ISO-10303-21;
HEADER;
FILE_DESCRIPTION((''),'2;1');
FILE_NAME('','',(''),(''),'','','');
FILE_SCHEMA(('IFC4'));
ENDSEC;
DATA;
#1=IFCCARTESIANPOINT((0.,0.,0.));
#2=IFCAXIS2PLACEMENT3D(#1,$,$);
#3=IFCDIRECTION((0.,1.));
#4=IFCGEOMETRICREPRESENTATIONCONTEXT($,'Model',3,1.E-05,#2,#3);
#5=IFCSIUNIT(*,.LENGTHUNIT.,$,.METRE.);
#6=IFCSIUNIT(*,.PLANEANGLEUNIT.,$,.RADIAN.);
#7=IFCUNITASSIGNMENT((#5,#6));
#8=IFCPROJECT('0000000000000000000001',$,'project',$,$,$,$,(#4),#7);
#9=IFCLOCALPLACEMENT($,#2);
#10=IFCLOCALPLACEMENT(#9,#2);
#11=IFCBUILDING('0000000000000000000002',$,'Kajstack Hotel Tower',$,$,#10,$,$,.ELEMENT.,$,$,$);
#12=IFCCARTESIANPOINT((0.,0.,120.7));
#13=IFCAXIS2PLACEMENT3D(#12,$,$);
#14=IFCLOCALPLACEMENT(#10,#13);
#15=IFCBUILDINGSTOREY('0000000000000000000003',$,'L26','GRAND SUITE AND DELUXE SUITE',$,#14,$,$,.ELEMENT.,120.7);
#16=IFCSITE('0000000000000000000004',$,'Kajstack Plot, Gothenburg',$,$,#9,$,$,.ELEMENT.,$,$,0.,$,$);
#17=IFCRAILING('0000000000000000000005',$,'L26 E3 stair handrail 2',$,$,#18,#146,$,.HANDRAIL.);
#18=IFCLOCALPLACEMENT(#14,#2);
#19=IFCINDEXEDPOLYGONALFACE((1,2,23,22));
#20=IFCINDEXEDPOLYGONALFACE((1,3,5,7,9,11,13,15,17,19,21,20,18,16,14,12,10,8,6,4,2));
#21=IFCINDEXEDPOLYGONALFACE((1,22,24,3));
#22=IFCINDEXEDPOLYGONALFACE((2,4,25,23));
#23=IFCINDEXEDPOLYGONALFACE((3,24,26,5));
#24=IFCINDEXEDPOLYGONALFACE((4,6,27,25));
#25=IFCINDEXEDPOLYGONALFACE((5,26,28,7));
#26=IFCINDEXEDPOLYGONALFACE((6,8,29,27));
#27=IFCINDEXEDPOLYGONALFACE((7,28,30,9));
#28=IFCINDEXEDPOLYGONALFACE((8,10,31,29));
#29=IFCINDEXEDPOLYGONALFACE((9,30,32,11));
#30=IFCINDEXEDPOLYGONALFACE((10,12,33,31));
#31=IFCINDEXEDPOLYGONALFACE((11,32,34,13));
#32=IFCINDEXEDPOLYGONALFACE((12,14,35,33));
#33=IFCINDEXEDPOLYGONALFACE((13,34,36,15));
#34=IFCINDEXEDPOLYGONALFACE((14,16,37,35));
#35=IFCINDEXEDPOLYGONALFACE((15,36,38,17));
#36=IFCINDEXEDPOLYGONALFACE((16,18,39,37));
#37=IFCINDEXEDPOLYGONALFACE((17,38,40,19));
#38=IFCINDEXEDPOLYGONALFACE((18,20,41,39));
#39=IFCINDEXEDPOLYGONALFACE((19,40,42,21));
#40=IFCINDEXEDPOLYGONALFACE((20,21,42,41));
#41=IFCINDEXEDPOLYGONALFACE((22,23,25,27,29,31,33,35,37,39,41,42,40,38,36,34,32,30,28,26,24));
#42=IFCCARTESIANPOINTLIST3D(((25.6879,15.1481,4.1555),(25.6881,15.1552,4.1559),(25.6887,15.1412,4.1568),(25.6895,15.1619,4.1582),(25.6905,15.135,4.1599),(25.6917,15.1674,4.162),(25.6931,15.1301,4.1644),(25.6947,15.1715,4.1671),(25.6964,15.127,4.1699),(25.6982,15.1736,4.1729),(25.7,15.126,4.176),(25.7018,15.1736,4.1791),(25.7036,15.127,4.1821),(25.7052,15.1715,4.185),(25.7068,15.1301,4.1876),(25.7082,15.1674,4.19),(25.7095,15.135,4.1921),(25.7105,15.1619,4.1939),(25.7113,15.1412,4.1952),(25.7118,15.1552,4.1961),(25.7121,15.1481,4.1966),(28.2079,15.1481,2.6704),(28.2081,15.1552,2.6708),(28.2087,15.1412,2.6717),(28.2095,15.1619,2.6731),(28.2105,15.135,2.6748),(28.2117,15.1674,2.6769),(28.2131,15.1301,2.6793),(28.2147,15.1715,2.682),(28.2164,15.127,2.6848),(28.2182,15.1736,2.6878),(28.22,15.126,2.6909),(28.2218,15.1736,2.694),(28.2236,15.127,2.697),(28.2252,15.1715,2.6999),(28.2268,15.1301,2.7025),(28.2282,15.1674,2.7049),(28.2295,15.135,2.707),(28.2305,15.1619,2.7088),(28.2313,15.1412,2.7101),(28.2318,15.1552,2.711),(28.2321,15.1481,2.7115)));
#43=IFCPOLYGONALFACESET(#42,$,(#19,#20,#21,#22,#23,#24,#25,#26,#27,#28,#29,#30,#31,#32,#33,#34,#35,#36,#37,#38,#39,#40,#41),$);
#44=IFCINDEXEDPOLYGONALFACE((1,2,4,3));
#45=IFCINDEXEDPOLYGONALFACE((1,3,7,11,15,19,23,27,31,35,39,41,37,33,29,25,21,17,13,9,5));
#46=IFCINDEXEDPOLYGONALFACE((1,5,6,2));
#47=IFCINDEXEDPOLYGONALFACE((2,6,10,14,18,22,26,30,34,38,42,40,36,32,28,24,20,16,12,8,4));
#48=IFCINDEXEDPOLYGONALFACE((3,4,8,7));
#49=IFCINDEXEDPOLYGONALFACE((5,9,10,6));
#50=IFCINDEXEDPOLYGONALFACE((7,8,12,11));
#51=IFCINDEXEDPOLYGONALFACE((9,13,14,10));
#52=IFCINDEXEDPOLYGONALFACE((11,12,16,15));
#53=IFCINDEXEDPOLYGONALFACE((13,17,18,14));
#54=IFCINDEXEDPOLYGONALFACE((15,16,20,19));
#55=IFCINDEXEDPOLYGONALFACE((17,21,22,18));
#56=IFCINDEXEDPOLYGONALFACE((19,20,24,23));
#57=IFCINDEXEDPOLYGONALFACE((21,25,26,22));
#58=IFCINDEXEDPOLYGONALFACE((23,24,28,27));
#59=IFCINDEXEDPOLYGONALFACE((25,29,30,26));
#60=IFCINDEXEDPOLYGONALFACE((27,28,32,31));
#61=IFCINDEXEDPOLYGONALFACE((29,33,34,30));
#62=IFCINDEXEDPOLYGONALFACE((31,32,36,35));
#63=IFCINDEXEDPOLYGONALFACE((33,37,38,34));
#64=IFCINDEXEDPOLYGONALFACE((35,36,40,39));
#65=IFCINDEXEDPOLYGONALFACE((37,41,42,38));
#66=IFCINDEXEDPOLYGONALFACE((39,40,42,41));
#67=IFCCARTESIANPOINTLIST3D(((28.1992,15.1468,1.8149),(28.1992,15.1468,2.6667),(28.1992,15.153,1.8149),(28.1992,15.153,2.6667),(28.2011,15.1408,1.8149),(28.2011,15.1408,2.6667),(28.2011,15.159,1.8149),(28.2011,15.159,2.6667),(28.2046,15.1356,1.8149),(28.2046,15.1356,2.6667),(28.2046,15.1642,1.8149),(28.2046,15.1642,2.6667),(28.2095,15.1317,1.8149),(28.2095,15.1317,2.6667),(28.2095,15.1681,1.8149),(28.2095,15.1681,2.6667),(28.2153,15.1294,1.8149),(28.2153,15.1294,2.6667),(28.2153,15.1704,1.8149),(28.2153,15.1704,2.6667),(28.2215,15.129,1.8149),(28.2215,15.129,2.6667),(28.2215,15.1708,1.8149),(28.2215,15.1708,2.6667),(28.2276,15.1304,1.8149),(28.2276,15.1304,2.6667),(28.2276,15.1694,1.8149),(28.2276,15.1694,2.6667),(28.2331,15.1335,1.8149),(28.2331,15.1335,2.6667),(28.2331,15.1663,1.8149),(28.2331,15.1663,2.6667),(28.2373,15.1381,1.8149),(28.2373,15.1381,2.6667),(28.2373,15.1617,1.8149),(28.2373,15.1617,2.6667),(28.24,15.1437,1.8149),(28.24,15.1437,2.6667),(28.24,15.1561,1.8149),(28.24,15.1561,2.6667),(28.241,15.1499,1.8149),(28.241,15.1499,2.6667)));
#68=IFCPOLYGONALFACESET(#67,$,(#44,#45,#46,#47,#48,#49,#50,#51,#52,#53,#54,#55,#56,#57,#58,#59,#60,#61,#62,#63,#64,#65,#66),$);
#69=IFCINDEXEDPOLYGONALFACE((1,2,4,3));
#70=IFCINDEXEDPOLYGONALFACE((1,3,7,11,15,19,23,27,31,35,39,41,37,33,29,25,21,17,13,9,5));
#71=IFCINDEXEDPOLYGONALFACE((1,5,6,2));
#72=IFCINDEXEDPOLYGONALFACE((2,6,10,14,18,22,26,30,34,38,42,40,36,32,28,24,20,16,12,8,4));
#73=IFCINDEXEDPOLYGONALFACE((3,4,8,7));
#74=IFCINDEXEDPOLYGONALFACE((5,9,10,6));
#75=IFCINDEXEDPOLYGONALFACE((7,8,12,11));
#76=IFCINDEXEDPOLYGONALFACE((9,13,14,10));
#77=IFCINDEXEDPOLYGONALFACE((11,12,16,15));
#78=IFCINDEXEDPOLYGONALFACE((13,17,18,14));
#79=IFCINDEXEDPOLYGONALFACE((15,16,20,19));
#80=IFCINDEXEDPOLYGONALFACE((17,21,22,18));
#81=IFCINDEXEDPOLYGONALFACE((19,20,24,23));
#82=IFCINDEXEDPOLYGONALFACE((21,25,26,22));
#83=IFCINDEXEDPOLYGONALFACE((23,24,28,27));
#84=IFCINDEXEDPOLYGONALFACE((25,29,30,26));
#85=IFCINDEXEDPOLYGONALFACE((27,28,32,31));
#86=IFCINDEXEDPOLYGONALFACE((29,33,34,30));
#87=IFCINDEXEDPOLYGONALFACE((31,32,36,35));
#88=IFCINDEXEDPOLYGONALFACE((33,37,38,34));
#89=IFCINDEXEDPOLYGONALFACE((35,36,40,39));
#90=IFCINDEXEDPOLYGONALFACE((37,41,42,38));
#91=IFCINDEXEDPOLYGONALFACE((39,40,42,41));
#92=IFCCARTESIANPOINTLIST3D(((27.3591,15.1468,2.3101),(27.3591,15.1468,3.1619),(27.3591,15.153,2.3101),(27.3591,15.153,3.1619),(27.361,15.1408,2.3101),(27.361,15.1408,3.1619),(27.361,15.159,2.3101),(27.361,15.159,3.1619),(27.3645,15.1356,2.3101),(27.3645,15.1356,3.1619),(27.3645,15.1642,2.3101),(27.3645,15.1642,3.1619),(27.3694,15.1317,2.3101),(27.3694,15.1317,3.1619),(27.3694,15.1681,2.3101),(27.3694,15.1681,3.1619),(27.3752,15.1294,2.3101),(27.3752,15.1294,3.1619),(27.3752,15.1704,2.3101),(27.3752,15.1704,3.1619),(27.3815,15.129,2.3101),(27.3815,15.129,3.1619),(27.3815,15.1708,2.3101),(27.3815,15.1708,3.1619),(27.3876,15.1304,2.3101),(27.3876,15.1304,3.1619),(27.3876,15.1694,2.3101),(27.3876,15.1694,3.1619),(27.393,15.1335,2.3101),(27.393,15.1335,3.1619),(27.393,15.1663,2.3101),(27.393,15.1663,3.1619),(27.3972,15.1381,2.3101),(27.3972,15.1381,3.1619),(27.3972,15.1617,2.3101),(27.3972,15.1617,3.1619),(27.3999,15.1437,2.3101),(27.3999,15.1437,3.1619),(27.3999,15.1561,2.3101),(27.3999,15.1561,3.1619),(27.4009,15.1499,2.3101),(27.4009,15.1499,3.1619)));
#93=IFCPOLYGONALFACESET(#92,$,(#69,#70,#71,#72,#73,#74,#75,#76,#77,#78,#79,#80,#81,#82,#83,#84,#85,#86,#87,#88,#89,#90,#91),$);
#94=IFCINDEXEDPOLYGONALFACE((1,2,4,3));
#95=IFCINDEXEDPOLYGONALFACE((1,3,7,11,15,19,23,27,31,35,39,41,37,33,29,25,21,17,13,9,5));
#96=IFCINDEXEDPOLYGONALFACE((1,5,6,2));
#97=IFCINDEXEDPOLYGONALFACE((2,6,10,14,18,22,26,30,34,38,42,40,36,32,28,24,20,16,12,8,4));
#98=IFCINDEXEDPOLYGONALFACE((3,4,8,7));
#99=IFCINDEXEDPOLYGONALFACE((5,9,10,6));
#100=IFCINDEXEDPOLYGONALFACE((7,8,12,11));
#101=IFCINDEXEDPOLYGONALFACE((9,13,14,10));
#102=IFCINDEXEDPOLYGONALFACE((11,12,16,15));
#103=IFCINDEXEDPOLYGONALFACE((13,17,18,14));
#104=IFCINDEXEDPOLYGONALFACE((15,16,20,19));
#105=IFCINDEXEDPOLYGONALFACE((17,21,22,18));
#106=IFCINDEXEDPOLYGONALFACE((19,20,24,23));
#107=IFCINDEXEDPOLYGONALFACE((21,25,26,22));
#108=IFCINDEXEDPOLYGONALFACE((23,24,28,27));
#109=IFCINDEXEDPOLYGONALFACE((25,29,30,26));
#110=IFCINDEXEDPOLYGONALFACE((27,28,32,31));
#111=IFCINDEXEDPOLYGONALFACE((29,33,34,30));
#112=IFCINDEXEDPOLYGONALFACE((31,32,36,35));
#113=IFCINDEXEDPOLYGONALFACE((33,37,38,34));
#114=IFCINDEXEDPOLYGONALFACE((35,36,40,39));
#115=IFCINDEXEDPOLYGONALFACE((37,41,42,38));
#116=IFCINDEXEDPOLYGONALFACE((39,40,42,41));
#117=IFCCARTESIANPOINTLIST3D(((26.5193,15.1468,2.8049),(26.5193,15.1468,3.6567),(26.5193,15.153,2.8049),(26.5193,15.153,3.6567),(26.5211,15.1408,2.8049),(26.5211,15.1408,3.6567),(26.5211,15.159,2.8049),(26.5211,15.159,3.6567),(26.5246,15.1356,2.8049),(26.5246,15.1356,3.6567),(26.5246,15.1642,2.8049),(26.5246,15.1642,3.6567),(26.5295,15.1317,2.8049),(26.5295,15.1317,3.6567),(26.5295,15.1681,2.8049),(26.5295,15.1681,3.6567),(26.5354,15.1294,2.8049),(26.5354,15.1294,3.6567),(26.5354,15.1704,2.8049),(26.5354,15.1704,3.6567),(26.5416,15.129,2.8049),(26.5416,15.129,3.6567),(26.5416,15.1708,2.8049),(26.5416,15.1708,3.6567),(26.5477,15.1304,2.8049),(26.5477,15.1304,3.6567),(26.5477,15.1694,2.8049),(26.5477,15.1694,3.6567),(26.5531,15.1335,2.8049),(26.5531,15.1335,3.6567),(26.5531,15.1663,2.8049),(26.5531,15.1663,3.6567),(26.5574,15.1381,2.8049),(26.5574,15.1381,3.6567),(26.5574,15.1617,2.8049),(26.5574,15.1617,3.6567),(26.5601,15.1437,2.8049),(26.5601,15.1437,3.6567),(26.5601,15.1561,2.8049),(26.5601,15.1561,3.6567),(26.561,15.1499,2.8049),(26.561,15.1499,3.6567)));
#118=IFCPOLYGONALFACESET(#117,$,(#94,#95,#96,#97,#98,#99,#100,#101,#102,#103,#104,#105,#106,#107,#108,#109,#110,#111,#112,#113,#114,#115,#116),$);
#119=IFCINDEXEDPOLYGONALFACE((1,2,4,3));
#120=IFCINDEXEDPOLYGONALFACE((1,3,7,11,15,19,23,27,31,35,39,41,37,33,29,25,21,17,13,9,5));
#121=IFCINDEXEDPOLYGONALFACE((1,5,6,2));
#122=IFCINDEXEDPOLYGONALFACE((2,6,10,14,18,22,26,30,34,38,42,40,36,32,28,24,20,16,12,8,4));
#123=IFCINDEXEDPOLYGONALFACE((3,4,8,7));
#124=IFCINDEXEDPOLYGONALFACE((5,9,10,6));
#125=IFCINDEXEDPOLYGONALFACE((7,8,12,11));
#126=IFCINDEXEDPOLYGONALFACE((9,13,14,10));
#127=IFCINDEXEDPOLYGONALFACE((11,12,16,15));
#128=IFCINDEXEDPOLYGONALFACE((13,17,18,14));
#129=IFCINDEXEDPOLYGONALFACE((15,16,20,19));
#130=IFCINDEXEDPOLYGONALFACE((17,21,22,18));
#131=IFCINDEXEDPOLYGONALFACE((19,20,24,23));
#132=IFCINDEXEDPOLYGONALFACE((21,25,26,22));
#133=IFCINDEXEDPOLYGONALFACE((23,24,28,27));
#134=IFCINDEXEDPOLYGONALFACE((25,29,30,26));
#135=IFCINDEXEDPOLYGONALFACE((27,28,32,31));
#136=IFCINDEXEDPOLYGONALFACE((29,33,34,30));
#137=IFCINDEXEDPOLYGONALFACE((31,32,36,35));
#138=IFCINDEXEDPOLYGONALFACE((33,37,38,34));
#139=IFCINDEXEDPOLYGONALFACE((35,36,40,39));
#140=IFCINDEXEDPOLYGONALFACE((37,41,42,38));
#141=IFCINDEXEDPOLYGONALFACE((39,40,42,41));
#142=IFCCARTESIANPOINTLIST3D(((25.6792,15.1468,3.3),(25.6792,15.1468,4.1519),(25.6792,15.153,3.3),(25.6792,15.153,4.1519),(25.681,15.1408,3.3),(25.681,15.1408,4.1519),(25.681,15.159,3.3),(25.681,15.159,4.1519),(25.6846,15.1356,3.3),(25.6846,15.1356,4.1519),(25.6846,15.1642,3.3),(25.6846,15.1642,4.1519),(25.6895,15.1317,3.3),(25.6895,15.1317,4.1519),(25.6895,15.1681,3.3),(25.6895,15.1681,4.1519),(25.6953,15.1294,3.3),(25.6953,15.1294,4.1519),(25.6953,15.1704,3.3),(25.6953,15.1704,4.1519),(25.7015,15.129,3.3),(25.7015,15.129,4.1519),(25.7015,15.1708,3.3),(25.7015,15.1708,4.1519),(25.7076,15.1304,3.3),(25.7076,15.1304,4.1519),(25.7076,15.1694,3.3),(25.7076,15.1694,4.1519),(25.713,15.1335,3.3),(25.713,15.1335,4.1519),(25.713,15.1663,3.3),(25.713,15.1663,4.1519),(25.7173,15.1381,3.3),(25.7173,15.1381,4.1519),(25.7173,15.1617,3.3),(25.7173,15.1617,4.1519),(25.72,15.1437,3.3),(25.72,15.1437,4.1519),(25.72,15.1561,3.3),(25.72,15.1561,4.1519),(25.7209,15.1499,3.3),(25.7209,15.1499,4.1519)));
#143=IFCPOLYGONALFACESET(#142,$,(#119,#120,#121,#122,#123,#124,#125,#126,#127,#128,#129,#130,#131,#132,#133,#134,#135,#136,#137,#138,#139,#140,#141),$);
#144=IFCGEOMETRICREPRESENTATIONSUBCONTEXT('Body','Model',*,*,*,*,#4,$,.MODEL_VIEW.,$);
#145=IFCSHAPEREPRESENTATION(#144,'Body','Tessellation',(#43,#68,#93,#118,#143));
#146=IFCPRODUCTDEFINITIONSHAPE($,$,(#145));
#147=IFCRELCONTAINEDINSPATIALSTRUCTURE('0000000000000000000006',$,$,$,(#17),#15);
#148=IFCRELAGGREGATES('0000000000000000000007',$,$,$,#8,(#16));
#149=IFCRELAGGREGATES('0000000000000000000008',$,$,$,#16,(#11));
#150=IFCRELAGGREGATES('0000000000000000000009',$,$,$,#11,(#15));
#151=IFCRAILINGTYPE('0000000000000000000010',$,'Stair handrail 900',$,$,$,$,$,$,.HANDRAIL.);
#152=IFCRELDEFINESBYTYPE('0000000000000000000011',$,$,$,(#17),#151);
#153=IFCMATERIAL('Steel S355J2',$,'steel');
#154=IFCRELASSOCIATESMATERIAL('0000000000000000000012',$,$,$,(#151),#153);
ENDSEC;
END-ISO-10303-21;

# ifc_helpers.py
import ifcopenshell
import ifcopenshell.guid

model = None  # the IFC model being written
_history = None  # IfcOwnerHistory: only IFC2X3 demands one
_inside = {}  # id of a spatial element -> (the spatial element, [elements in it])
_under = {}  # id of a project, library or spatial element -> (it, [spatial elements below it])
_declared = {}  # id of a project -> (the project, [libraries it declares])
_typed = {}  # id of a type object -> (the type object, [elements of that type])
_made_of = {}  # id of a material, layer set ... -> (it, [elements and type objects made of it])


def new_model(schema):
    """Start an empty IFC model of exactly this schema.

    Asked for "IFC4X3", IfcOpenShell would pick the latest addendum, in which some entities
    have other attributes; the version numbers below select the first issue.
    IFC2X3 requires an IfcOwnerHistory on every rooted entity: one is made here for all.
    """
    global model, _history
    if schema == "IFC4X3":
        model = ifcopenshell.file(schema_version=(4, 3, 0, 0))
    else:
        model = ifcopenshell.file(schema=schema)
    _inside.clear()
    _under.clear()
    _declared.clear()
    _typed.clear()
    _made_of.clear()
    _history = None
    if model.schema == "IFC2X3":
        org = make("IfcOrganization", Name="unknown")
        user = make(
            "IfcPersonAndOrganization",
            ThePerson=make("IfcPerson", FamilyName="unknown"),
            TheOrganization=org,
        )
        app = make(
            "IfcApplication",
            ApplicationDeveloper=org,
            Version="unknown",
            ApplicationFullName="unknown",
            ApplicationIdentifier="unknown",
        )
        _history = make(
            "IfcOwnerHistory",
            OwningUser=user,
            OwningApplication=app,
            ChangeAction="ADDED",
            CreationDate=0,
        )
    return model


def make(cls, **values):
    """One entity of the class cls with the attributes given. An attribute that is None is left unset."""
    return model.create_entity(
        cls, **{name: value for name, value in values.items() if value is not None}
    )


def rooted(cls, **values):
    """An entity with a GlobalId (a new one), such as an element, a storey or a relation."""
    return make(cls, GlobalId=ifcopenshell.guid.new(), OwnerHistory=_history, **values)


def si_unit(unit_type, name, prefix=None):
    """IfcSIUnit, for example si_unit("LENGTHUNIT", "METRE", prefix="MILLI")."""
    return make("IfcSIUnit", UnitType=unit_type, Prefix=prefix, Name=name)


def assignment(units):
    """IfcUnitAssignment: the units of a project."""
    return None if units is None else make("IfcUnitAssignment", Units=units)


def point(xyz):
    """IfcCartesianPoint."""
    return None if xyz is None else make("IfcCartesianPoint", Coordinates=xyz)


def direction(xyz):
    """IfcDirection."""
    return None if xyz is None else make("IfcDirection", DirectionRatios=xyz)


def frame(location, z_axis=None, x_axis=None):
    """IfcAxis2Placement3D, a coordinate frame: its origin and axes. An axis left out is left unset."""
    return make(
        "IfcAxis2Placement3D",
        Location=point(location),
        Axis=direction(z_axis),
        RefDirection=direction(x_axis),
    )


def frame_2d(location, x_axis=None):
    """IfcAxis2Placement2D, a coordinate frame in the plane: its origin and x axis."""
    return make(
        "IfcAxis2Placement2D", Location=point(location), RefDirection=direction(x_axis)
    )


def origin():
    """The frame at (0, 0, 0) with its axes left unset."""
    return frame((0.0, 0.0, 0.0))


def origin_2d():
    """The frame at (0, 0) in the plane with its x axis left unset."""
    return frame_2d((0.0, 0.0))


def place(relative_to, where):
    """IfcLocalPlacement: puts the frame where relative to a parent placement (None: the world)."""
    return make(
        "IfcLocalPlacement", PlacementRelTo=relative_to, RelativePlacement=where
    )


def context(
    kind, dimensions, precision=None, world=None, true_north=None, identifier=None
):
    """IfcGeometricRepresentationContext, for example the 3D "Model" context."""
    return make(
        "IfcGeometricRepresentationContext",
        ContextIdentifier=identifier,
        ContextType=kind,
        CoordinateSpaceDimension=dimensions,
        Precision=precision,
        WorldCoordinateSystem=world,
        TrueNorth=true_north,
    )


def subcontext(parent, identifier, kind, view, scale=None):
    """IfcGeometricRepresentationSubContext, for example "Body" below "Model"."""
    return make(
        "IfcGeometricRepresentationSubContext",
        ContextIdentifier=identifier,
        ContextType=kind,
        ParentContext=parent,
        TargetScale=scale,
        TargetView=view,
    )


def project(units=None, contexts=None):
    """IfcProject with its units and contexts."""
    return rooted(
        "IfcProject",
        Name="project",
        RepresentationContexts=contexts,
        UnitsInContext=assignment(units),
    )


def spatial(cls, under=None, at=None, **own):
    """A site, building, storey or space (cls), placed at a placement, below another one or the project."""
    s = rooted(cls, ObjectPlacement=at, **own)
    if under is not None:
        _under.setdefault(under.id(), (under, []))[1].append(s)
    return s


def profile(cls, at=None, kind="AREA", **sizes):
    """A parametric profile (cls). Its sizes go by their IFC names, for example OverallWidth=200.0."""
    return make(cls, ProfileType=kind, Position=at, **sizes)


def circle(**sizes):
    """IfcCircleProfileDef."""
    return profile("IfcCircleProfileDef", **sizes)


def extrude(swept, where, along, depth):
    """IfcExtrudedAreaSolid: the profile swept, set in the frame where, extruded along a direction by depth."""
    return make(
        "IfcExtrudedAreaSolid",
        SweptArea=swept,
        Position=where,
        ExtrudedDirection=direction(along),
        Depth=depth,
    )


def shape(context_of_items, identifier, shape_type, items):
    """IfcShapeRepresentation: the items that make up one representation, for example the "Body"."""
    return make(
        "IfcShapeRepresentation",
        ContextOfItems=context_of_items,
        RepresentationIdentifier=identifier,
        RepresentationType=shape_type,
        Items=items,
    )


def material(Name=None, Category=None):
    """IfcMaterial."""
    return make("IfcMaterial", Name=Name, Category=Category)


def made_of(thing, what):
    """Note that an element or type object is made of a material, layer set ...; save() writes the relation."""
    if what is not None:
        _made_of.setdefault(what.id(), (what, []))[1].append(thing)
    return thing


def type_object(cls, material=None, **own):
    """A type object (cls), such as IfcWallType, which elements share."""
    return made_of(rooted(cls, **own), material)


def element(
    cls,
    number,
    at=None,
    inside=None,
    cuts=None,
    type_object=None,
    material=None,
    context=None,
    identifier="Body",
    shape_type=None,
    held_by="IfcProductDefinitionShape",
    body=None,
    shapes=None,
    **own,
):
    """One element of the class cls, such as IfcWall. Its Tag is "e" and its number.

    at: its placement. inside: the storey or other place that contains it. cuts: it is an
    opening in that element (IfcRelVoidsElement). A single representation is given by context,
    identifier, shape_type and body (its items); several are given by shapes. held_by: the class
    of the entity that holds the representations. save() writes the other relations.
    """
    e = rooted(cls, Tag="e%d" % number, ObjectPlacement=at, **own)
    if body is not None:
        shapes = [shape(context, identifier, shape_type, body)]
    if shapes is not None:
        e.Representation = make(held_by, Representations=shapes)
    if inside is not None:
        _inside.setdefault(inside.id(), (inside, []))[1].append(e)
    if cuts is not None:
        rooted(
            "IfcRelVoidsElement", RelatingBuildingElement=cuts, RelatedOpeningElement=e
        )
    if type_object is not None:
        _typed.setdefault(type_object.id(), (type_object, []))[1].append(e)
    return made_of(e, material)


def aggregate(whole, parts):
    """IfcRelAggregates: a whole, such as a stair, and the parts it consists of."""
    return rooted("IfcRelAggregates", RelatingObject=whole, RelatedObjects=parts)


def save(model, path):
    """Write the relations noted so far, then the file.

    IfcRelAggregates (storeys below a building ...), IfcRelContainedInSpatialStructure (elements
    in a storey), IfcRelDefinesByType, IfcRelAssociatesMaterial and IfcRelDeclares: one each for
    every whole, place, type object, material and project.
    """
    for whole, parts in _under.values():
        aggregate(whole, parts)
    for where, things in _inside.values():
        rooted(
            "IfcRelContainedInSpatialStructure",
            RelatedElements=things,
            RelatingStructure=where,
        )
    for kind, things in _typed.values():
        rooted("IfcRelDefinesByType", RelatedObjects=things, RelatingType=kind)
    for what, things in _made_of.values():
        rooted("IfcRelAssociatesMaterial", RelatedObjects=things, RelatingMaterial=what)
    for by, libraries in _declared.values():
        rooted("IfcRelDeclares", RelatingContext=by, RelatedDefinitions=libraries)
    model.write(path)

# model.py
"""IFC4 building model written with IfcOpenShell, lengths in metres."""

from ifc_helpers import new_model, si_unit, direction, frame, origin, origin_2d, place, context, subcontext, project, spatial, circle, extrude, material, type_object, element, save


model = new_model("IFC4")

# Units and contexts
model_context = context("Model", 3, precision=1e-05, world=origin(), true_north=direction((0.0, 1.0)))
body_context = subcontext(model_context, "Body", "Model", "MODEL_VIEW")
ifc_project = project(units=[si_unit("LENGTHUNIT", "METRE"), si_unit("PLANEANGLEUNIT", "RADIAN")], contexts=[model_context])

# Site, building, storey
site_placement = place(None, origin())
site = spatial("IfcSite", under=ifc_project, at=site_placement, Name="Kajstack Plot, Gothenburg", CompositionType="ELEMENT", RefElevation=0.0)
building_placement = place(site_placement, origin())
building = spatial("IfcBuilding", under=site, at=building_placement, Name="Kajstack Hotel Tower", CompositionType="ELEMENT")
storey_placement = place(building_placement, frame((0.0, 0.0, 120.7)))
storey = spatial("IfcBuildingStorey", under=building, at=storey_placement, Name="L26", Description="GRAND SUITE AND DELUXE SUITE", CompositionType="ELEMENT", Elevation=120.7)

# Railing
ifc_material_1 = material(Name="Steel S355J2", Category="steel")
railing_type_1 = type_object("IfcRailingType", Name="Stair handrail 900", PredefinedType="HANDRAIL", material=ifc_material_1)
railing_1_placement = place(storey_placement, frame((28.22, 15.1499, 1.8149)))
element("IfcRailing", 1, at=railing_1_placement, inside=storey, type_object=railing_type_1, Name="L26 E3 stair handrail 2", PredefinedType="HANDRAIL", context=body_context, shape_type="SweptSolid", body=[
    extrude(circle(Radius=0.0239, at=origin_2d()), frame((0.0, 0.0, 0.876), z_axis=(-0.861524, 0.0, 0.507717), x_axis=(0.0, -1.0, 0.0)), (0.0, 0.0, 1.0), 2.925),
    extrude(circle(Radius=0.021, at=origin_2d()), origin(), (0.0, 0.0, 1.0), 0.8518),
    extrude(circle(Radius=0.021, at=origin_2d()), frame((-0.8401, 0.0, 0.4951)), (0.0, 0.0, 1.0), 0.8518),
    extrude(circle(Radius=0.021, at=origin_2d()), frame((-1.6799, 0.0, 0.99)), (0.0, 0.0, 1.0), 0.8518),
    extrude(circle(Radius=0.021, at=origin_2d()), frame((-2.52, 0.0, 1.4851)), (0.0, 0.0, 1.0), 0.8518),
])

save(model, "model.ifc")
